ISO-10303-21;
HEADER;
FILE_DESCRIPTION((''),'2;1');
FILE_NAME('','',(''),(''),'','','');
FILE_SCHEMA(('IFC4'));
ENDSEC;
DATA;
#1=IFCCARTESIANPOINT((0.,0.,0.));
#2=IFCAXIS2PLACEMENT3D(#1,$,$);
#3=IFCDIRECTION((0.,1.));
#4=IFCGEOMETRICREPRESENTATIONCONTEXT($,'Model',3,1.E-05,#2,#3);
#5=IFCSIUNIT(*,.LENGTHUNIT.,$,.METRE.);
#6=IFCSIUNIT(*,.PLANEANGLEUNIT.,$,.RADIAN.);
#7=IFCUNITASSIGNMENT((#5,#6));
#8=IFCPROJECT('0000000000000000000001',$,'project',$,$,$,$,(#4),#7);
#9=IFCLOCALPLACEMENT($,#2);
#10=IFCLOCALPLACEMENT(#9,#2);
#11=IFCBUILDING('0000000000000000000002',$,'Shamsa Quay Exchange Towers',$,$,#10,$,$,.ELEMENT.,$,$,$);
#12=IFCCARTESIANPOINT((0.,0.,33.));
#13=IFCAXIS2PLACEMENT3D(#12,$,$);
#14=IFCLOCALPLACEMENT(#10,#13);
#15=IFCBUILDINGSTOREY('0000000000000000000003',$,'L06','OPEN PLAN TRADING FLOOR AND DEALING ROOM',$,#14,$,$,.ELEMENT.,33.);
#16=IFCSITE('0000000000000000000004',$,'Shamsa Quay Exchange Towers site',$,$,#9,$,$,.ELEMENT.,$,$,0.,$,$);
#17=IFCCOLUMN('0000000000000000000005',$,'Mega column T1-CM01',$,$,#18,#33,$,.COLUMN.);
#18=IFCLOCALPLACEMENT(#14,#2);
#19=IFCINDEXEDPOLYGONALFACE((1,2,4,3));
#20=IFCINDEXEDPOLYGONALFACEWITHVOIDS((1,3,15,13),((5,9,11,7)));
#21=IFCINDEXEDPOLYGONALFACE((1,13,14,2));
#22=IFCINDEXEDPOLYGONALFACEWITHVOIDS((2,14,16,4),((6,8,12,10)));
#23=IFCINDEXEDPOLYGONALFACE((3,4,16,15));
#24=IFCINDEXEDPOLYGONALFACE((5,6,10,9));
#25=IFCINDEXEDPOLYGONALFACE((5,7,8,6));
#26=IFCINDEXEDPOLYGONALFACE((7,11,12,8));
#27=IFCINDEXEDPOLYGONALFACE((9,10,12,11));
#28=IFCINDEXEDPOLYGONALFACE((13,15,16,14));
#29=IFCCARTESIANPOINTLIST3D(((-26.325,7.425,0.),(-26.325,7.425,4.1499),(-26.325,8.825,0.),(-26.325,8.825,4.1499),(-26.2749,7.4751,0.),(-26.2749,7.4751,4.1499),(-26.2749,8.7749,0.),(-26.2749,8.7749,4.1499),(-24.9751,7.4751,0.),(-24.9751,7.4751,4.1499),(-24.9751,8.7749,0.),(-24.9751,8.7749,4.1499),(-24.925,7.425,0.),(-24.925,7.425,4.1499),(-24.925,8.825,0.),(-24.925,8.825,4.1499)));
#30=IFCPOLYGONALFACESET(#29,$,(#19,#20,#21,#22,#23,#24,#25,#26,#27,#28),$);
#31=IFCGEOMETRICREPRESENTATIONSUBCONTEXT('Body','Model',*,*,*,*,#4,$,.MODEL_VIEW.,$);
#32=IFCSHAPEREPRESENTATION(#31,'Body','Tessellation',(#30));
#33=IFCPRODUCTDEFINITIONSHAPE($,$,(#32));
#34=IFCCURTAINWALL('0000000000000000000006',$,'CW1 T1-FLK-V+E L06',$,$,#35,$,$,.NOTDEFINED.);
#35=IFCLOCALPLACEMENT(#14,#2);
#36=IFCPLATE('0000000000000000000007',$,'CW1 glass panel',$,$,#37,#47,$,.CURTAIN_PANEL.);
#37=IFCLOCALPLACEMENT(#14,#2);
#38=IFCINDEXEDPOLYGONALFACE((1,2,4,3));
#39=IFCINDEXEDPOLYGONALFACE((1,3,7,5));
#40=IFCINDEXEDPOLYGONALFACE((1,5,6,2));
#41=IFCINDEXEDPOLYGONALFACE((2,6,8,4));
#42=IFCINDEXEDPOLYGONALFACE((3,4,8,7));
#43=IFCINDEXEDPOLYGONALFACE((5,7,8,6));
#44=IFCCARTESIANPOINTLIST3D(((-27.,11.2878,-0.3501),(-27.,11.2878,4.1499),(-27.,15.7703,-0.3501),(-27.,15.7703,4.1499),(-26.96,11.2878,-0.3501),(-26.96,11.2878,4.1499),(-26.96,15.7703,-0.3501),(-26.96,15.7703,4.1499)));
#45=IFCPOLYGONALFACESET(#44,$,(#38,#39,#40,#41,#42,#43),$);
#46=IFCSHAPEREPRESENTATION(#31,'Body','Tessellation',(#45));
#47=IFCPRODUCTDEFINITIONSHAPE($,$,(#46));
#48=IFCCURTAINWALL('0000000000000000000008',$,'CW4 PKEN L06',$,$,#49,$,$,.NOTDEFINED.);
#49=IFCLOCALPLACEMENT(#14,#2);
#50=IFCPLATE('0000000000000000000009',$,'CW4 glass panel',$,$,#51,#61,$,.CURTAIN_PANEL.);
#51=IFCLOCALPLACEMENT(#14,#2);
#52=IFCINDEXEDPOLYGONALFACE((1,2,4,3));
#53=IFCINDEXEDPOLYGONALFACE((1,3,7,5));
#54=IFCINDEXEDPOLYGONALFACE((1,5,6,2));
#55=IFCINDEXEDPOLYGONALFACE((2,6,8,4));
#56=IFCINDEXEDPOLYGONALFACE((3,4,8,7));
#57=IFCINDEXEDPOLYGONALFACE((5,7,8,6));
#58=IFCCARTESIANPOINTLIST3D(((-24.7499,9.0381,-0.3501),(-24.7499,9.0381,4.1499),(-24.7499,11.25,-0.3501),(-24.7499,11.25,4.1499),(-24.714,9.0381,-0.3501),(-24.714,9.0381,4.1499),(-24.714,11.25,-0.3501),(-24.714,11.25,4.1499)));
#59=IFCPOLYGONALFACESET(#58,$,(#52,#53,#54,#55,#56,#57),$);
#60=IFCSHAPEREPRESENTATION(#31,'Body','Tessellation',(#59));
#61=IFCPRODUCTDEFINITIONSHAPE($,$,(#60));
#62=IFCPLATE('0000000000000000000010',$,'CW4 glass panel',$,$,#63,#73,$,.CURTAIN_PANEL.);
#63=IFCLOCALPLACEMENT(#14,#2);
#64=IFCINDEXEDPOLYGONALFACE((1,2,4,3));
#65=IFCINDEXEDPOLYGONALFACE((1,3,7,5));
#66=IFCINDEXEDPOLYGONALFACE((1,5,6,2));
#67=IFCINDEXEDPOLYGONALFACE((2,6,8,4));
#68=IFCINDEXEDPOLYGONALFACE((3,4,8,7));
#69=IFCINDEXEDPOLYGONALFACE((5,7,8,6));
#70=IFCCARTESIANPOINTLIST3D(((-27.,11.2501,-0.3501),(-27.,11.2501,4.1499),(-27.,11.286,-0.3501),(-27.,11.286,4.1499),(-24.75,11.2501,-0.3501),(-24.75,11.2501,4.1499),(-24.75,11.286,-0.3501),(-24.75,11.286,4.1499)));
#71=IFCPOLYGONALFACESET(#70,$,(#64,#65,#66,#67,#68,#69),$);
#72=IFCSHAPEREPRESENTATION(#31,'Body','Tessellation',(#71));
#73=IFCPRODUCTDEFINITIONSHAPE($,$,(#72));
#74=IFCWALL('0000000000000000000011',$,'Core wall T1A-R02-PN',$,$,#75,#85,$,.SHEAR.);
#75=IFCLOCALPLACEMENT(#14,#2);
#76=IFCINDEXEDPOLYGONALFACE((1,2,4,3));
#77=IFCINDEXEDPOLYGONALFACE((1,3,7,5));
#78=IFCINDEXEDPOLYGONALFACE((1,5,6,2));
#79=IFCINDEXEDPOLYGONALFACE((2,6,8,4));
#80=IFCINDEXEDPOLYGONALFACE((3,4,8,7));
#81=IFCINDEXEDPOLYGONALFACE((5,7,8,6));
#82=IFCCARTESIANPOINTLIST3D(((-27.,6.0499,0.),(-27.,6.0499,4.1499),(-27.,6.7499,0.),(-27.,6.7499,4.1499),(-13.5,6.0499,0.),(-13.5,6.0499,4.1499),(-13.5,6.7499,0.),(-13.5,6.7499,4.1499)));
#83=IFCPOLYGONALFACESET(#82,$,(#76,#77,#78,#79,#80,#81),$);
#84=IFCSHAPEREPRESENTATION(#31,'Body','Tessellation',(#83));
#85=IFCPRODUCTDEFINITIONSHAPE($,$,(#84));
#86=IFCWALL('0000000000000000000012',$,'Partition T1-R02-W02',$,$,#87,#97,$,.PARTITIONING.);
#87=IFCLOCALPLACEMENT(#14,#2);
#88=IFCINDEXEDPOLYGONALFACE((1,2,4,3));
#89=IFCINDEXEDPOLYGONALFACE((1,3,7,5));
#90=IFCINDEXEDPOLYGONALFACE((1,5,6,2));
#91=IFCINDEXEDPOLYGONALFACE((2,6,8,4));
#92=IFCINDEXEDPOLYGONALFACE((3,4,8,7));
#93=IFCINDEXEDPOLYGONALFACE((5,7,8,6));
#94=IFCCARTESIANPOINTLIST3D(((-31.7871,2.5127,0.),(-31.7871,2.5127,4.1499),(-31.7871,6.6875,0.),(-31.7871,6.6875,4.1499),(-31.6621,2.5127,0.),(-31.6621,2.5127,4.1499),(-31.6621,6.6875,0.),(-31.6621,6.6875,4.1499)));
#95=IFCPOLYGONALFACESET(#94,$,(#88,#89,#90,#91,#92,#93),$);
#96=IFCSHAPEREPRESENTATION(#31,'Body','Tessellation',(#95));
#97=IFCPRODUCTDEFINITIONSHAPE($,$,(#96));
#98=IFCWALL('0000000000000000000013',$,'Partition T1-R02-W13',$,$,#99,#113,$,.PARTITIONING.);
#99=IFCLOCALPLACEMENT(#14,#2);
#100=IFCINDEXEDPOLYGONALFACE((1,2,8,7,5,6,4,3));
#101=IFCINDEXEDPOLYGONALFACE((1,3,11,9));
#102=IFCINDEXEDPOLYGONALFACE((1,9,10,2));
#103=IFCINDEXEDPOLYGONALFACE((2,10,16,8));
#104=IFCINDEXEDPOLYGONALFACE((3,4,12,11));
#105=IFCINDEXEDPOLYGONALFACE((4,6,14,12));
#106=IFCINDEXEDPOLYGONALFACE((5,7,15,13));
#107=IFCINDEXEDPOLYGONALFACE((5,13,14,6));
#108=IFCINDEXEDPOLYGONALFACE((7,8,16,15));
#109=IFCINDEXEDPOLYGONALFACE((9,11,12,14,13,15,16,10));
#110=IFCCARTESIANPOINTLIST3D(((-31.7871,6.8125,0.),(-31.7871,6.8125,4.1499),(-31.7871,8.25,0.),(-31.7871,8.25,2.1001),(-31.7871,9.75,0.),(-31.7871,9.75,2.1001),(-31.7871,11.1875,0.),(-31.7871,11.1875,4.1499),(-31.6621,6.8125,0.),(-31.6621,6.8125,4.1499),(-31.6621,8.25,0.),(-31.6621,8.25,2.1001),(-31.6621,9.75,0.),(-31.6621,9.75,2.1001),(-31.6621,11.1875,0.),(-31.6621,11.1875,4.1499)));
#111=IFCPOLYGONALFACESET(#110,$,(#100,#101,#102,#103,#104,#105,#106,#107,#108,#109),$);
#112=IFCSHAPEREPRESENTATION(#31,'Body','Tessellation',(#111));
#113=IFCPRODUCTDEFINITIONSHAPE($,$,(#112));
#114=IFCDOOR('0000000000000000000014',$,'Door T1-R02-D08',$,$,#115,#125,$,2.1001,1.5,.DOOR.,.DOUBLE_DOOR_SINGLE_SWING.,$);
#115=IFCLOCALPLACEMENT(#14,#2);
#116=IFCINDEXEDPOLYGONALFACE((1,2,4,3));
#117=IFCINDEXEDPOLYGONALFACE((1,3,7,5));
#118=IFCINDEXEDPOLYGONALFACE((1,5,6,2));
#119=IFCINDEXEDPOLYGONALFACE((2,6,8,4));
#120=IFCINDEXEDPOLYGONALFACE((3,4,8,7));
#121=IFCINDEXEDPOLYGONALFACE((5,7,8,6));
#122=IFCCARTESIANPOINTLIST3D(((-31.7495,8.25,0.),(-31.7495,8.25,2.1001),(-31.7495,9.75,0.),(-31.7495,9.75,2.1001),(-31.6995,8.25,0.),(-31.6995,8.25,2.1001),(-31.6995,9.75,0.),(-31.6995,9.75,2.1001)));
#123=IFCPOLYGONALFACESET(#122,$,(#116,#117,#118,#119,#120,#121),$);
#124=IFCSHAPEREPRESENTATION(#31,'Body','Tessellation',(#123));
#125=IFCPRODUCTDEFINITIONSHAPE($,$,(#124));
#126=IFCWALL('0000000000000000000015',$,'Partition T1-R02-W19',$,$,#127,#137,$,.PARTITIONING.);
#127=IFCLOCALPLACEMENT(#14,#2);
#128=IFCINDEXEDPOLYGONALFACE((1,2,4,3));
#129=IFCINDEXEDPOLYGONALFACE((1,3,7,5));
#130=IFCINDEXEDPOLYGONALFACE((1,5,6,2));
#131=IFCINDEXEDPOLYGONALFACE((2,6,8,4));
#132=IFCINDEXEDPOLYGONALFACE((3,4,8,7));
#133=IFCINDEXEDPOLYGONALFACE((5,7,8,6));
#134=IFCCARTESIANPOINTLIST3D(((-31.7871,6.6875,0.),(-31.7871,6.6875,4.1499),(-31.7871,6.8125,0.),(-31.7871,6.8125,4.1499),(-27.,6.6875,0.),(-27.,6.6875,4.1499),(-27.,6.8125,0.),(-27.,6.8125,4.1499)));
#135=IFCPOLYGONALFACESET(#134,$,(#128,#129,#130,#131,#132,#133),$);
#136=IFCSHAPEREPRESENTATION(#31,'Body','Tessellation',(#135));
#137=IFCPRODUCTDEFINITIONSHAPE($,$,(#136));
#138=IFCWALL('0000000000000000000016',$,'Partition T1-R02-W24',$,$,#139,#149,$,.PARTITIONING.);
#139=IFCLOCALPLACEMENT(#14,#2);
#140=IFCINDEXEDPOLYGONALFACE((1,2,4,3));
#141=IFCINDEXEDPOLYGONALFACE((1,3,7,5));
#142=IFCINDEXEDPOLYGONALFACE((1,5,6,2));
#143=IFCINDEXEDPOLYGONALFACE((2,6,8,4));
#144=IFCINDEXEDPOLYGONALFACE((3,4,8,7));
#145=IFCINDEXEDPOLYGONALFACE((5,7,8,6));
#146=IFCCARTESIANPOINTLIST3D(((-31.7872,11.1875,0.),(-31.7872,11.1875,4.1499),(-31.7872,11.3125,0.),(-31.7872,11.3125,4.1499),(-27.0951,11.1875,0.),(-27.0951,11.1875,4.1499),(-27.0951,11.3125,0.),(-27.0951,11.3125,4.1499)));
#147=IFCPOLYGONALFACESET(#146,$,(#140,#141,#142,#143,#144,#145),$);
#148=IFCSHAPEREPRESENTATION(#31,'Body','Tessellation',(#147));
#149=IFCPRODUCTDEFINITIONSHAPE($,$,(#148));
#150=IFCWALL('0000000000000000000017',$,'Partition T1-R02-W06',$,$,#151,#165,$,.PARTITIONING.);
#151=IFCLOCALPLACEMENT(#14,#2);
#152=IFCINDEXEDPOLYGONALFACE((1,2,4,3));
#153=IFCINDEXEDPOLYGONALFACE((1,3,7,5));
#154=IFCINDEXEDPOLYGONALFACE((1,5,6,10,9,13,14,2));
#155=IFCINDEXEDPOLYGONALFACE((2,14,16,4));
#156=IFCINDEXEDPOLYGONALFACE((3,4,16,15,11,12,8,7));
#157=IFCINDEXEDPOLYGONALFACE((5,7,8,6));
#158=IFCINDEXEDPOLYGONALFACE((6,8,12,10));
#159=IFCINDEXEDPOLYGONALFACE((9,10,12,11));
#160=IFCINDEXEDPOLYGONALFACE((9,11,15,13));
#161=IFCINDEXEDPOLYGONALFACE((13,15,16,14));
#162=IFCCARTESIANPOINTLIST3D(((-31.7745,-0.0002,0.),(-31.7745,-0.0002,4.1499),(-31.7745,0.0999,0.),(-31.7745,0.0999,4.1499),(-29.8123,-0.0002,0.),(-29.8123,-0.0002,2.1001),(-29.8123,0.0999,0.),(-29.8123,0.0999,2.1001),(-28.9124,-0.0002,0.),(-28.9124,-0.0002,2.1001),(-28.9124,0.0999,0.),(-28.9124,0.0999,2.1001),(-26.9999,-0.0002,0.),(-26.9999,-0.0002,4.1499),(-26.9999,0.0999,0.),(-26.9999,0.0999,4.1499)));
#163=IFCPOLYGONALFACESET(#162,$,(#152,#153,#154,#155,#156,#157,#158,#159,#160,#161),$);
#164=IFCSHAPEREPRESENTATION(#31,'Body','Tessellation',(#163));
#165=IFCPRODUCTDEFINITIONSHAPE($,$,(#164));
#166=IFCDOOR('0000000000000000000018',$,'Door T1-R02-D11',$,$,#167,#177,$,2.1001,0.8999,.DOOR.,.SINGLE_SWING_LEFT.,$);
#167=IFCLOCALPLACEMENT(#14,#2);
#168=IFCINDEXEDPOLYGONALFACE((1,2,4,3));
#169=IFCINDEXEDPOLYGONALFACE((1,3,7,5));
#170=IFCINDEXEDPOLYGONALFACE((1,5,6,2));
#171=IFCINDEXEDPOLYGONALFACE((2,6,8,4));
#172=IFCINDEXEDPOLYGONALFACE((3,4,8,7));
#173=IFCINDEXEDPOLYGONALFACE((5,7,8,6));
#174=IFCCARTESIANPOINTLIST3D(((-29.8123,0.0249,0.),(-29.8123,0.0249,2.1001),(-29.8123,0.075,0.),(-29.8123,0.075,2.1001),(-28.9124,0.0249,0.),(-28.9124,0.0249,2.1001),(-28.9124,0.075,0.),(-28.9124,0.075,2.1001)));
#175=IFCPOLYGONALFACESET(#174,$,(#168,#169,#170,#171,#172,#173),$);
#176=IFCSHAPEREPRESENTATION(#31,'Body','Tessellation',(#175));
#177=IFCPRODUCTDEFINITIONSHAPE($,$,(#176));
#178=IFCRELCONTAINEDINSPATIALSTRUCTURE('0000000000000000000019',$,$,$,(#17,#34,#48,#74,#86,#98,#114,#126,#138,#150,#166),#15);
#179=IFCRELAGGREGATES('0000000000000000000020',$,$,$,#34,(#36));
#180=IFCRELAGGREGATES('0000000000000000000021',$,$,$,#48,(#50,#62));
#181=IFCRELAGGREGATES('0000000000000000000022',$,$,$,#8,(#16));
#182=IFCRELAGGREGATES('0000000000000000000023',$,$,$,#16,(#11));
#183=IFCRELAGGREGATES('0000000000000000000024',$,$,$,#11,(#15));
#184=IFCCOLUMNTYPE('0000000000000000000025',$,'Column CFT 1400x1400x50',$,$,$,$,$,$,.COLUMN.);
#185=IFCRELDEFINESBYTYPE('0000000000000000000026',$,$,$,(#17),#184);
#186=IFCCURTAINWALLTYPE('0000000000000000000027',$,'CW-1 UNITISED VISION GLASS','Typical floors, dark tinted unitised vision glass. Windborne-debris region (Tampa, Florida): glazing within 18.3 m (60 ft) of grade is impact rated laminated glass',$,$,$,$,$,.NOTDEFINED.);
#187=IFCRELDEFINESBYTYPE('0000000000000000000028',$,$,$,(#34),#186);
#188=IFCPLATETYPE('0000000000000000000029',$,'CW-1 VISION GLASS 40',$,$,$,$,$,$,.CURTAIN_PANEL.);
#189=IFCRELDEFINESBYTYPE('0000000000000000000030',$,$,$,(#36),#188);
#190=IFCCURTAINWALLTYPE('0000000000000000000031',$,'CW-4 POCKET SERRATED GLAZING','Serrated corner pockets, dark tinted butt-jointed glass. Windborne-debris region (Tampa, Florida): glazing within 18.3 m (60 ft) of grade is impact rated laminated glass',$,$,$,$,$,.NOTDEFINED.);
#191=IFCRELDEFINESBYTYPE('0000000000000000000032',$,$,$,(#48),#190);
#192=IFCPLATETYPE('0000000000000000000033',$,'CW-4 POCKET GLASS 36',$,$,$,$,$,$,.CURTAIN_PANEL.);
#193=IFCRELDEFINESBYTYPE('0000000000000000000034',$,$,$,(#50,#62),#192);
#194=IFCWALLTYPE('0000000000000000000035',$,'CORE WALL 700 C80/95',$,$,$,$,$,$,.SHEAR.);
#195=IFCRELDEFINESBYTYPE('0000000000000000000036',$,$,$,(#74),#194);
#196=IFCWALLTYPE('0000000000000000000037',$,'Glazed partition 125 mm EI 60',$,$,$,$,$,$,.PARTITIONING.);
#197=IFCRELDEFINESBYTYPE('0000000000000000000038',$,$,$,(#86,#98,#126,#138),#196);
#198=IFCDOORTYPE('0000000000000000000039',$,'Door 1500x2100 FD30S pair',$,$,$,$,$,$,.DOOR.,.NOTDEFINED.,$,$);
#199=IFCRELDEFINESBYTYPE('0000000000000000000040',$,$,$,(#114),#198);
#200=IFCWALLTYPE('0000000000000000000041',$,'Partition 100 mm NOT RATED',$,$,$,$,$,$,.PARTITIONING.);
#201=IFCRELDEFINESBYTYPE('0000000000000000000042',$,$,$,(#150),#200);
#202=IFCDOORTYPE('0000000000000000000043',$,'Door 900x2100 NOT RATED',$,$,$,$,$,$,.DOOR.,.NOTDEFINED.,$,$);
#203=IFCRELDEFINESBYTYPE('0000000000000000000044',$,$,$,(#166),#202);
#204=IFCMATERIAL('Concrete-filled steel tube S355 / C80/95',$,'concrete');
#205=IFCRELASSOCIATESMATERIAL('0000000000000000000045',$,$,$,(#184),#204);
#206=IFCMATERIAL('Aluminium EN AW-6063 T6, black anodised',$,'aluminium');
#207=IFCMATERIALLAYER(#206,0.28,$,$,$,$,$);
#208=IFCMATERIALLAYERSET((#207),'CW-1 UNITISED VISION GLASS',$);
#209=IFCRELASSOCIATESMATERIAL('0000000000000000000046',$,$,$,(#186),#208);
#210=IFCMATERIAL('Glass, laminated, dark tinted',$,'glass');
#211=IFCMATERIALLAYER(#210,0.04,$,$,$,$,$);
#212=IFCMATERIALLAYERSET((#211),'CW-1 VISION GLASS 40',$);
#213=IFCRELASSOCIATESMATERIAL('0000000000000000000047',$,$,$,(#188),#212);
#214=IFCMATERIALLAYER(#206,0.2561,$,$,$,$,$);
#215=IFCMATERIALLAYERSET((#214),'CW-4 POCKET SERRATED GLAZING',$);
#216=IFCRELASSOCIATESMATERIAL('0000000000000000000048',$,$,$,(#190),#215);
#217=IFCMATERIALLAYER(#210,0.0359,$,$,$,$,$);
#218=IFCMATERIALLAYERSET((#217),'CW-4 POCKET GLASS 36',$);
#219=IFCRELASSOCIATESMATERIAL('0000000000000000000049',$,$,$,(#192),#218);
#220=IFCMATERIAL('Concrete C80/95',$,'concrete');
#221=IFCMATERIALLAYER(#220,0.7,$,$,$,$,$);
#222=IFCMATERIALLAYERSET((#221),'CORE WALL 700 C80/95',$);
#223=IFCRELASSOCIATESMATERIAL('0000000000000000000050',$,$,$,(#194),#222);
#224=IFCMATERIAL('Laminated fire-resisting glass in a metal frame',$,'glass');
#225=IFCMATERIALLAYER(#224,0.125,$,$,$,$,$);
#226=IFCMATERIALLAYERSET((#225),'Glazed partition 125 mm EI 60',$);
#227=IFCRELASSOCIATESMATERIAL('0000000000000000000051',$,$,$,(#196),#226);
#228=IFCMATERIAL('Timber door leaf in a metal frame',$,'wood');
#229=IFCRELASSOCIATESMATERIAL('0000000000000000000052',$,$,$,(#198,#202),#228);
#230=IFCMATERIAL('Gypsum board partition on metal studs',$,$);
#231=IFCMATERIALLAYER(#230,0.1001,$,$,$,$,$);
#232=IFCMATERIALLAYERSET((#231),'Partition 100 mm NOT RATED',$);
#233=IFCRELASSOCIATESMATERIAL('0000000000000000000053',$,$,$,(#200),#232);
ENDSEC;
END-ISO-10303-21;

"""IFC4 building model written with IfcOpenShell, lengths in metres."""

from ifc_helpers import new_model, si_unit, direction, frame, frame_2d, origin, origin_2d, place, context, subcontext, project, spatial, rectangle, hollow_rectangle, extrude, material, layer, layer_set, material_profile, profile_set, type_object, element, fill, aggregate, save


model = new_model("IFC4")

# Units and contexts
model_context = context("Model", 3, precision=1e-05, world=origin(), true_north=direction((0.0, 1.0)))
body_context = subcontext(model_context, "Body", "Model", "MODEL_VIEW")
ifc_project = project(units=[si_unit("LENGTHUNIT", "METRE"), si_unit("PLANEANGLEUNIT", "RADIAN")], contexts=[model_context])

# Site, building, storey
site_placement = place(None, origin())
site = spatial("IfcSite", under=ifc_project, at=site_placement, Name="Shamsa Quay Exchange Towers site", CompositionType="ELEMENT", RefElevation=0.0)
building_placement = place(site_placement, origin())
building = spatial("IfcBuilding", under=site, at=building_placement, Name="Shamsa Quay Exchange Towers", CompositionType="ELEMENT")
storey_placement = place(building_placement, frame((0.0, 0.0, 33.0)))
storey = spatial("IfcBuildingStorey", under=building, at=storey_placement, Name="L06", Description="OPEN PLAN TRADING FLOOR AND DEALING ROOM", CompositionType="ELEMENT", Elevation=33.0)

# Column
ifc_material_1 = material(Name="Concrete-filled steel tube S355 / C80/95", Category="concrete")
ifc_material_profile_1 = material_profile(ifc_material_1, hollow_rectangle(XDim=1.3999, YDim=1.3999, WallThickness=0.05, at=origin_2d()), Name="CFT 1400x1400x50")
ifc_profile_set_1 = profile_set([ifc_material_profile_1], Name="Concrete-filled steel tube S355 / C80/95")
column_type = type_object("IfcColumnType", Name="Column CFT 1400x1400x50", PredefinedType="COLUMN", material=ifc_profile_set_1)
column_placement = place(storey_placement, frame((-25.625, 8.125, 0.0)))
element("IfcColumn", 1, at=column_placement, inside=storey, type_object=column_type, Name="Mega column T1-CM01", PredefinedType="COLUMN", context=body_context, shape_type="SweptSolid", body=[
    extrude(hollow_rectangle(XDim=1.3999, YDim=1.3999, WallThickness=0.05, at=origin_2d()), origin(), (0.0, 0.0, 1.0), 4.1499),
])

# Curtain wall, plate
ifc_material_2 = material(Name="Aluminium EN AW-6063 T6, black anodised", Category="aluminium")
ifc_layer_1 = layer(ifc_material_2, 0.28)
ifc_layer_set_1 = layer_set([ifc_layer_1], Name="CW-1 UNITISED VISION GLASS")
curtain_wall_type_1 = type_object("IfcCurtainWallType", Name="CW-1 UNITISED VISION GLASS", Description="Typical floors, dark tinted unitised vision glass. Windborne-debris region (Tampa, Florida): glazing within 18.3 m (60 ft) of grade is impact rated laminated glass", PredefinedType="NOTDEFINED", material=ifc_layer_set_1)
curtain_wall_1_placement = place(storey_placement, origin())
curtain_wall_1 = element("IfcCurtainWall", 2, at=curtain_wall_1_placement, inside=storey, type_object=curtain_wall_type_1, Name="CW1 T1-FLK-V+E L06", PredefinedType="NOTDEFINED")
ifc_material_3 = material(Name="Glass, laminated, dark tinted", Category="glass")
ifc_layer_2 = layer(ifc_material_3, 0.04)
ifc_layer_set_2 = layer_set([ifc_layer_2], Name="CW-1 VISION GLASS 40")
plate_type_1 = type_object("IfcPlateType", Name="CW-1 VISION GLASS 40", PredefinedType="CURTAIN_PANEL", material=ifc_layer_set_2)
plate_1_placement = place(storey_placement, frame((-26.98, 13.5291, -0.3501), z_axis=(0.0, 0.0, 1.0), x_axis=(0.0, 1.0, 0.0)))
plate_1 = element("IfcPlate", 3, at=plate_1_placement, type_object=plate_type_1, Name="CW1 glass panel", PredefinedType="CURTAIN_PANEL", context=body_context, shape_type="SweptSolid", body=[
    extrude(rectangle(XDim=4.4824, YDim=0.04, at=origin_2d()), origin(), (0.0, 0.0, 1.0), 4.5),
])
aggregate(curtain_wall_1, [plate_1])

# Curtain wall, plates
ifc_layer_3 = layer(ifc_material_2, 0.2561)
ifc_layer_set_3 = layer_set([ifc_layer_3], Name="CW-4 POCKET SERRATED GLAZING")
curtain_wall_type_2 = type_object("IfcCurtainWallType", Name="CW-4 POCKET SERRATED GLAZING", Description="Serrated corner pockets, dark tinted butt-jointed glass. Windborne-debris region (Tampa, Florida): glazing within 18.3 m (60 ft) of grade is impact rated laminated glass", PredefinedType="NOTDEFINED", material=ifc_layer_set_3)
curtain_wall_2_placement = place(storey_placement, origin())
curtain_wall_2 = element("IfcCurtainWall", 4, at=curtain_wall_2_placement, inside=storey, type_object=curtain_wall_type_2, Name="CW4 PKEN L06", PredefinedType="NOTDEFINED")
ifc_layer_4 = layer(ifc_material_3, 0.0359)
ifc_layer_set_4 = layer_set([ifc_layer_4], Name="CW-4 POCKET GLASS 36")
plate_type_2 = type_object("IfcPlateType", Name="CW-4 POCKET GLASS 36", PredefinedType="CURTAIN_PANEL", material=ifc_layer_set_4)
plate_2_placement = place(storey_placement, frame((-24.7319, 10.144, -0.3501), z_axis=(0.0, 0.0, 1.0), x_axis=(0.0, 1.0, 0.0)))
plate_2 = element("IfcPlate", 5, at=plate_2_placement, type_object=plate_type_2, Name="CW4 glass panel", PredefinedType="CURTAIN_PANEL", context=body_context, shape_type="SweptSolid", body=[
    extrude(rectangle(XDim=2.2119, YDim=0.0359, at=origin_2d()), origin(), (0.0, 0.0, 1.0), 4.5),
])
plate_3_placement = place(storey_placement, frame((-25.875, 11.2681, -0.3501), z_axis=(0.0, 0.0, 1.0), x_axis=(-1.0, 0.0, 0.0)))
plate_3 = element("IfcPlate", 6, at=plate_3_placement, type_object=plate_type_2, Name="CW4 glass panel", PredefinedType="CURTAIN_PANEL", context=body_context, shape_type="SweptSolid", body=[
    extrude(rectangle(XDim=2.25, YDim=0.0359, at=origin_2d()), origin(), (0.0, 0.0, 1.0), 4.5),
])
aggregate(curtain_wall_2, [plate_2, plate_3])

# Wall
ifc_material_4 = material(Name="Concrete C80/95", Category="concrete")
ifc_layer_5 = layer(ifc_material_4, 0.7)
ifc_layer_set_5 = layer_set([ifc_layer_5], Name="CORE WALL 700 C80/95")
wall_type_1 = type_object("IfcWallType", Name="CORE WALL 700 C80/95", PredefinedType="SHEAR", material=ifc_layer_set_5)
wall_1_placement = place(storey_placement, frame((-27.0, 6.3999, 0.0)))
element("IfcWall", 7, at=wall_1_placement, inside=storey, type_object=wall_type_1, Name="Core wall T1A-R02-PN", PredefinedType="SHEAR", context=body_context, shape_type="SweptSolid", body=[
    extrude(rectangle(XDim=13.5, YDim=0.7, at=frame_2d((6.75, 0.0))), origin(), (0.0, 0.0, 1.0), 4.1499),
])

# Wall
ifc_material_5 = material(Name="Laminated fire-resisting glass in a metal frame", Category="glass")
ifc_layer_6 = layer(ifc_material_5, 0.125)
ifc_layer_set_6 = layer_set([ifc_layer_6], Name="Glazed partition 125 mm EI 60")
wall_type_2 = type_object("IfcWallType", Name="Glazed partition 125 mm EI 60", PredefinedType="PARTITIONING", material=ifc_layer_set_6)
wall_2_placement = place(storey_placement, frame((-31.7246, 6.6875, 0.0), z_axis=(0.0, 0.0, 1.0), x_axis=(0.0, -1.0, 0.0)))
element("IfcWall", 8, at=wall_2_placement, inside=storey, type_object=wall_type_2, Name="Partition T1-R02-W02", PredefinedType="PARTITIONING", context=body_context, shape_type="SweptSolid", body=[
    extrude(rectangle(XDim=4.1748, YDim=0.125, at=frame_2d((2.0874, 0.0))), origin(), (0.0, 0.0, 1.0), 4.1499),
])

# Wall, opening, door
wall_3_placement = place(storey_placement, frame((-31.7246, 6.8125, 0.0), z_axis=(0.0, 0.0, 1.0), x_axis=(0.0, 1.0, 0.0)))
wall_3 = element("IfcWall", 9, at=wall_3_placement, inside=storey, type_object=wall_type_2, Name="Partition T1-R02-W13", PredefinedType="PARTITIONING", context=body_context, shape_type="SweptSolid", body=[
    extrude(rectangle(XDim=4.375, YDim=0.125, at=frame_2d((2.1875, 0.0))), origin(), (0.0, 0.0, 1.0), 4.1499),
])
opening_1_placement = place(wall_3_placement, frame((1.4375, 0.0, 0.0)))
opening_1 = element("IfcOpeningElement", 10, at=opening_1_placement, cuts=wall_3, PredefinedType="OPENING", context=body_context, shape_type="SweptSolid", body=[
    extrude(rectangle(XDim=1.5, YDim=2.1001, at=frame_2d((0.75, 1.05))), frame((0.0, 0.0725, 0.0), z_axis=(0.0, -1.0, 0.0), x_axis=(1.0, 0.0, 0.0)), (0.0, 0.0, 1.0), 0.145),
])
ifc_material_6 = material(Name="Timber door leaf in a metal frame", Category="wood")
door_type_1 = type_object("IfcDoorType", Name="Door 1500x2100 FD30S pair", OperationType="NOTDEFINED", PredefinedType="DOOR", material=ifc_material_6)
door_1_placement = place(opening_1_placement, origin())
door_1 = element("IfcDoor", 11, at=door_1_placement, inside=storey, type_object=door_type_1, Name="Door T1-R02-D08", OperationType="DOUBLE_DOOR_SINGLE_SWING", OverallHeight=2.1001, OverallWidth=1.5, PredefinedType="DOOR", context=body_context, shape_type="SweptSolid", body=[
    extrude(rectangle(XDim=1.5, YDim=2.1001, at=frame_2d((0.75, 1.05))), frame((0.0, 0.0249, 0.0), z_axis=(0.0, -1.0, 0.0), x_axis=(1.0, 0.0, 0.0)), (0.0, 0.0, 1.0), 0.05),
])
fill(opening_1, door_1)

# Walls
wall_4_placement = place(storey_placement, frame((-27.0, 6.75, 0.0), z_axis=(0.0, 0.0, 1.0), x_axis=(-1.0, 0.0, 0.0)))
element("IfcWall", 12, at=wall_4_placement, inside=storey, type_object=wall_type_2, Name="Partition T1-R02-W19", PredefinedType="PARTITIONING", context=body_context, shape_type="SweptSolid", body=[
    extrude(rectangle(XDim=4.7871, YDim=0.125, at=frame_2d((2.3936, 0.0))), origin(), (0.0, 0.0, 1.0), 4.1499),
])
wall_5_placement = place(storey_placement, frame((-27.095, 11.25, 0.0), z_axis=(0.0, 0.0, 1.0), x_axis=(-1.0, 0.0, 0.0)))
element("IfcWall", 13, at=wall_5_placement, inside=storey, type_object=wall_type_2, Name="Partition T1-R02-W24", PredefinedType="PARTITIONING", context=body_context, shape_type="SweptSolid", body=[
    extrude(rectangle(XDim=4.6921, YDim=0.125, at=frame_2d((2.3462, 0.0))), origin(), (0.0, 0.0, 1.0), 4.1499),
])

# Wall, opening, door
ifc_material_7 = material(Name="Gypsum board partition on metal studs")
ifc_layer_7 = layer(ifc_material_7, 0.1001)
ifc_layer_set_7 = layer_set([ifc_layer_7], Name="Partition 100 mm NOT RATED")
wall_type_3 = type_object("IfcWallType", Name="Partition 100 mm NOT RATED", PredefinedType="PARTITIONING", material=ifc_layer_set_7)
wall_6_placement = place(storey_placement, frame((-27.0, 0.0498, 0.0), z_axis=(0.0, 0.0, 1.0), x_axis=(-1.0, 0.0, 0.0)))
wall_6 = element("IfcWall", 14, at=wall_6_placement, inside=storey, type_object=wall_type_3, Name="Partition T1-R02-W06", PredefinedType="PARTITIONING", context=body_context, shape_type="SweptSolid", body=[
    extrude(rectangle(XDim=4.7747, YDim=0.1001, at=frame_2d((2.3872, 0.0))), origin(), (0.0, 0.0, 1.0), 4.1499),
])
opening_2_placement = place(wall_6_placement, frame((1.9124, 0.0, 0.0)))
opening_2 = element("IfcOpeningElement", 15, at=opening_2_placement, cuts=wall_6, PredefinedType="OPENING", context=body_context, shape_type="SweptSolid", body=[
    extrude(rectangle(XDim=0.8999, YDim=2.1001, at=frame_2d((0.45, 1.05))), frame((0.0, 0.0601, 0.0), z_axis=(0.0, -1.0, 0.0), x_axis=(1.0, 0.0, 0.0)), (0.0, 0.0, 1.0), 0.1201),
])
door_type_2 = type_object("IfcDoorType", Name="Door 900x2100 NOT RATED", OperationType="NOTDEFINED", PredefinedType="DOOR", material=ifc_material_6)
door_2_placement = place(opening_2_placement, origin())
door_2 = element("IfcDoor", 16, at=door_2_placement, inside=storey, type_object=door_type_2, Name="Door T1-R02-D11", OperationType="SINGLE_SWING_LEFT", OverallHeight=2.1001, OverallWidth=0.8999, PredefinedType="DOOR", context=body_context, shape_type="SweptSolid", body=[
    extrude(rectangle(XDim=0.8999, YDim=2.1001, at=frame_2d((0.45, 1.05))), frame((0.0, 0.0249, 0.0), z_axis=(0.0, -1.0, 0.0), x_axis=(1.0, 0.0, 0.0)), (0.0, 0.0, 1.0), 0.05),
])
fill(opening_2, door_2)

save(model, "model.ifc")
